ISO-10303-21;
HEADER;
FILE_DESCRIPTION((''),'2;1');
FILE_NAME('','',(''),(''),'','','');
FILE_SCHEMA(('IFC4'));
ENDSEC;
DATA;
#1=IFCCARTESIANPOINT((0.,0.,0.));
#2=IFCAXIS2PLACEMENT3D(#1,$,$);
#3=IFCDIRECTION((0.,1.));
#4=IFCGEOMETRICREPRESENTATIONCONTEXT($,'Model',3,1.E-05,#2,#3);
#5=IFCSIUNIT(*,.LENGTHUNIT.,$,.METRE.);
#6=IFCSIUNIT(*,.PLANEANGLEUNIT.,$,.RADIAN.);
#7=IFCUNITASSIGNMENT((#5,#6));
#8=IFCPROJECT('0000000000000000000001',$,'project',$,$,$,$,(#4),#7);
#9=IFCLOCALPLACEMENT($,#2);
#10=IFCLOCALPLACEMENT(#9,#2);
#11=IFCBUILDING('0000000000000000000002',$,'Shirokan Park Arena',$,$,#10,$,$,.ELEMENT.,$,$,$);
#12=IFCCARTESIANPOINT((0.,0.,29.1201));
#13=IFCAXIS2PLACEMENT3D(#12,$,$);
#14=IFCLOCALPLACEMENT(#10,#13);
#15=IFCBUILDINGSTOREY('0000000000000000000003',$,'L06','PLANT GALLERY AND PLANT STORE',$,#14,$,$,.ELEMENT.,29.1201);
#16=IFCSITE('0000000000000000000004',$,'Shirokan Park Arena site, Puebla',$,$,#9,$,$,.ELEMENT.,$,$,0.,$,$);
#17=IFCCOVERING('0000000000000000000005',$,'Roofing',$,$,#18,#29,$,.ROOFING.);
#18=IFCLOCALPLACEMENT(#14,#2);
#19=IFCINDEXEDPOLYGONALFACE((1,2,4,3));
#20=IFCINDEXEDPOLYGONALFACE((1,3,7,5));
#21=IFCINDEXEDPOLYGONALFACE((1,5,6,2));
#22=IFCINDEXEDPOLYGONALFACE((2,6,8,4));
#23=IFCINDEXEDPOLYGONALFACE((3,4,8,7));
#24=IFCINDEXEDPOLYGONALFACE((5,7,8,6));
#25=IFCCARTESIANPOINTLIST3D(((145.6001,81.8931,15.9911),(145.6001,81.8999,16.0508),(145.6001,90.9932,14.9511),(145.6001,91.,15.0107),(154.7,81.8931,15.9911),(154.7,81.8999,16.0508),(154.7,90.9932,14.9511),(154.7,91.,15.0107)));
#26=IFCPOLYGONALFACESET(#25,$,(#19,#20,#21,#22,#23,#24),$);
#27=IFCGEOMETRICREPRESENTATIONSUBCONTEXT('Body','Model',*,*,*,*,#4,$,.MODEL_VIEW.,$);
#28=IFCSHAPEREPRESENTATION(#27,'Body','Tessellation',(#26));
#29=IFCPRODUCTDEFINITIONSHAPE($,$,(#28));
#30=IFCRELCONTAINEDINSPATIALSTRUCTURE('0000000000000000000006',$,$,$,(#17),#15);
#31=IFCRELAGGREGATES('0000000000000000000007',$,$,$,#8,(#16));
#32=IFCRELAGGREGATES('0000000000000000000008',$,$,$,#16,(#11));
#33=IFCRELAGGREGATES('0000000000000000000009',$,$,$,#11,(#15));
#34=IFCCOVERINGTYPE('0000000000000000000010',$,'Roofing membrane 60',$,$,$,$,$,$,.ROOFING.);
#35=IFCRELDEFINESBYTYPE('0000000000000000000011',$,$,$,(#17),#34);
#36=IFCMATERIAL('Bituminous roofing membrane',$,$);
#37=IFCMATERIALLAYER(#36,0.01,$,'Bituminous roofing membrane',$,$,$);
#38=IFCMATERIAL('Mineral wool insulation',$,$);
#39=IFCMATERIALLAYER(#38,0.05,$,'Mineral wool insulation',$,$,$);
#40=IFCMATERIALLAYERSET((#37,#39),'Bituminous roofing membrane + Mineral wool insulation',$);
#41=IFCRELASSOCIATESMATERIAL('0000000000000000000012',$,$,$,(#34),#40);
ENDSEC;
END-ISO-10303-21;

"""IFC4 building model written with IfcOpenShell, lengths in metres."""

from ifc_helpers import new_model, si_unit, direction, frame, origin, place, context, subcontext, project, spatial, polyline, outline, extrude, material, layer, layer_set, type_object, element, save


model = new_model("IFC4")

# Units and contexts
model_context = context("Model", 3, precision=1e-05, world=origin(), true_north=direction((0.0, 1.0)))
body_context = subcontext(model_context, "Body", "Model", "MODEL_VIEW")
ifc_project = project(units=[si_unit("LENGTHUNIT", "METRE"), si_unit("PLANEANGLEUNIT", "RADIAN")], contexts=[model_context])

# Site, building, storey
site_placement = place(None, origin())
site = spatial("IfcSite", under=ifc_project, at=site_placement, Name="Shirokan Park Arena site, Puebla", CompositionType="ELEMENT", RefElevation=0.0)
building_placement = place(site_placement, origin())
building = spatial("IfcBuilding", under=site, at=building_placement, Name="Shirokan Park Arena", CompositionType="ELEMENT")
storey_placement = place(building_placement, frame((0.0, 0.0, 29.1201)))
storey = spatial("IfcBuildingStorey", under=building, at=storey_placement, Name="L06", Description="PLANT GALLERY AND PLANT STORE", CompositionType="ELEMENT", Elevation=29.1201)

# Covering
ifc_material_1 = material(Name="Bituminous roofing membrane")
ifc_layer_1 = layer(ifc_material_1, 0.01, Name="Bituminous roofing membrane")
ifc_material_2 = material(Name="Mineral wool insulation")
ifc_layer_2 = layer(ifc_material_2, 0.05, Name="Mineral wool insulation")
ifc_layer_set_1 = layer_set([ifc_layer_1, ifc_layer_2], Name="Bituminous roofing membrane + Mineral wool insulation")
covering_type = type_object("IfcCoveringType", Name="Roofing membrane 60", PredefinedType="ROOFING", material=ifc_layer_set_1)
covering_1_placement = place(storey_placement, frame((145.6001, 81.8999, 16.0508), z_axis=(0.0, 0.11355, 0.993532), x_axis=(1.0, 0.0, 0.0)))
element("IfcCovering", 1, at=covering_1_placement, inside=storey, type_object=covering_type, Name="Roofing", PredefinedType="ROOFING", context=body_context, shape_type="SweptSolid", body=[
    extrude(outline(polyline([(0.0, 0.0), (9.0999, 0.0), (9.0999, 9.1593), (0.0, 9.1593), (0.0, 0.0)])), origin(), (0.0, 0.0, -1.0), 0.0601),
])

save(model, "model.ifc")
